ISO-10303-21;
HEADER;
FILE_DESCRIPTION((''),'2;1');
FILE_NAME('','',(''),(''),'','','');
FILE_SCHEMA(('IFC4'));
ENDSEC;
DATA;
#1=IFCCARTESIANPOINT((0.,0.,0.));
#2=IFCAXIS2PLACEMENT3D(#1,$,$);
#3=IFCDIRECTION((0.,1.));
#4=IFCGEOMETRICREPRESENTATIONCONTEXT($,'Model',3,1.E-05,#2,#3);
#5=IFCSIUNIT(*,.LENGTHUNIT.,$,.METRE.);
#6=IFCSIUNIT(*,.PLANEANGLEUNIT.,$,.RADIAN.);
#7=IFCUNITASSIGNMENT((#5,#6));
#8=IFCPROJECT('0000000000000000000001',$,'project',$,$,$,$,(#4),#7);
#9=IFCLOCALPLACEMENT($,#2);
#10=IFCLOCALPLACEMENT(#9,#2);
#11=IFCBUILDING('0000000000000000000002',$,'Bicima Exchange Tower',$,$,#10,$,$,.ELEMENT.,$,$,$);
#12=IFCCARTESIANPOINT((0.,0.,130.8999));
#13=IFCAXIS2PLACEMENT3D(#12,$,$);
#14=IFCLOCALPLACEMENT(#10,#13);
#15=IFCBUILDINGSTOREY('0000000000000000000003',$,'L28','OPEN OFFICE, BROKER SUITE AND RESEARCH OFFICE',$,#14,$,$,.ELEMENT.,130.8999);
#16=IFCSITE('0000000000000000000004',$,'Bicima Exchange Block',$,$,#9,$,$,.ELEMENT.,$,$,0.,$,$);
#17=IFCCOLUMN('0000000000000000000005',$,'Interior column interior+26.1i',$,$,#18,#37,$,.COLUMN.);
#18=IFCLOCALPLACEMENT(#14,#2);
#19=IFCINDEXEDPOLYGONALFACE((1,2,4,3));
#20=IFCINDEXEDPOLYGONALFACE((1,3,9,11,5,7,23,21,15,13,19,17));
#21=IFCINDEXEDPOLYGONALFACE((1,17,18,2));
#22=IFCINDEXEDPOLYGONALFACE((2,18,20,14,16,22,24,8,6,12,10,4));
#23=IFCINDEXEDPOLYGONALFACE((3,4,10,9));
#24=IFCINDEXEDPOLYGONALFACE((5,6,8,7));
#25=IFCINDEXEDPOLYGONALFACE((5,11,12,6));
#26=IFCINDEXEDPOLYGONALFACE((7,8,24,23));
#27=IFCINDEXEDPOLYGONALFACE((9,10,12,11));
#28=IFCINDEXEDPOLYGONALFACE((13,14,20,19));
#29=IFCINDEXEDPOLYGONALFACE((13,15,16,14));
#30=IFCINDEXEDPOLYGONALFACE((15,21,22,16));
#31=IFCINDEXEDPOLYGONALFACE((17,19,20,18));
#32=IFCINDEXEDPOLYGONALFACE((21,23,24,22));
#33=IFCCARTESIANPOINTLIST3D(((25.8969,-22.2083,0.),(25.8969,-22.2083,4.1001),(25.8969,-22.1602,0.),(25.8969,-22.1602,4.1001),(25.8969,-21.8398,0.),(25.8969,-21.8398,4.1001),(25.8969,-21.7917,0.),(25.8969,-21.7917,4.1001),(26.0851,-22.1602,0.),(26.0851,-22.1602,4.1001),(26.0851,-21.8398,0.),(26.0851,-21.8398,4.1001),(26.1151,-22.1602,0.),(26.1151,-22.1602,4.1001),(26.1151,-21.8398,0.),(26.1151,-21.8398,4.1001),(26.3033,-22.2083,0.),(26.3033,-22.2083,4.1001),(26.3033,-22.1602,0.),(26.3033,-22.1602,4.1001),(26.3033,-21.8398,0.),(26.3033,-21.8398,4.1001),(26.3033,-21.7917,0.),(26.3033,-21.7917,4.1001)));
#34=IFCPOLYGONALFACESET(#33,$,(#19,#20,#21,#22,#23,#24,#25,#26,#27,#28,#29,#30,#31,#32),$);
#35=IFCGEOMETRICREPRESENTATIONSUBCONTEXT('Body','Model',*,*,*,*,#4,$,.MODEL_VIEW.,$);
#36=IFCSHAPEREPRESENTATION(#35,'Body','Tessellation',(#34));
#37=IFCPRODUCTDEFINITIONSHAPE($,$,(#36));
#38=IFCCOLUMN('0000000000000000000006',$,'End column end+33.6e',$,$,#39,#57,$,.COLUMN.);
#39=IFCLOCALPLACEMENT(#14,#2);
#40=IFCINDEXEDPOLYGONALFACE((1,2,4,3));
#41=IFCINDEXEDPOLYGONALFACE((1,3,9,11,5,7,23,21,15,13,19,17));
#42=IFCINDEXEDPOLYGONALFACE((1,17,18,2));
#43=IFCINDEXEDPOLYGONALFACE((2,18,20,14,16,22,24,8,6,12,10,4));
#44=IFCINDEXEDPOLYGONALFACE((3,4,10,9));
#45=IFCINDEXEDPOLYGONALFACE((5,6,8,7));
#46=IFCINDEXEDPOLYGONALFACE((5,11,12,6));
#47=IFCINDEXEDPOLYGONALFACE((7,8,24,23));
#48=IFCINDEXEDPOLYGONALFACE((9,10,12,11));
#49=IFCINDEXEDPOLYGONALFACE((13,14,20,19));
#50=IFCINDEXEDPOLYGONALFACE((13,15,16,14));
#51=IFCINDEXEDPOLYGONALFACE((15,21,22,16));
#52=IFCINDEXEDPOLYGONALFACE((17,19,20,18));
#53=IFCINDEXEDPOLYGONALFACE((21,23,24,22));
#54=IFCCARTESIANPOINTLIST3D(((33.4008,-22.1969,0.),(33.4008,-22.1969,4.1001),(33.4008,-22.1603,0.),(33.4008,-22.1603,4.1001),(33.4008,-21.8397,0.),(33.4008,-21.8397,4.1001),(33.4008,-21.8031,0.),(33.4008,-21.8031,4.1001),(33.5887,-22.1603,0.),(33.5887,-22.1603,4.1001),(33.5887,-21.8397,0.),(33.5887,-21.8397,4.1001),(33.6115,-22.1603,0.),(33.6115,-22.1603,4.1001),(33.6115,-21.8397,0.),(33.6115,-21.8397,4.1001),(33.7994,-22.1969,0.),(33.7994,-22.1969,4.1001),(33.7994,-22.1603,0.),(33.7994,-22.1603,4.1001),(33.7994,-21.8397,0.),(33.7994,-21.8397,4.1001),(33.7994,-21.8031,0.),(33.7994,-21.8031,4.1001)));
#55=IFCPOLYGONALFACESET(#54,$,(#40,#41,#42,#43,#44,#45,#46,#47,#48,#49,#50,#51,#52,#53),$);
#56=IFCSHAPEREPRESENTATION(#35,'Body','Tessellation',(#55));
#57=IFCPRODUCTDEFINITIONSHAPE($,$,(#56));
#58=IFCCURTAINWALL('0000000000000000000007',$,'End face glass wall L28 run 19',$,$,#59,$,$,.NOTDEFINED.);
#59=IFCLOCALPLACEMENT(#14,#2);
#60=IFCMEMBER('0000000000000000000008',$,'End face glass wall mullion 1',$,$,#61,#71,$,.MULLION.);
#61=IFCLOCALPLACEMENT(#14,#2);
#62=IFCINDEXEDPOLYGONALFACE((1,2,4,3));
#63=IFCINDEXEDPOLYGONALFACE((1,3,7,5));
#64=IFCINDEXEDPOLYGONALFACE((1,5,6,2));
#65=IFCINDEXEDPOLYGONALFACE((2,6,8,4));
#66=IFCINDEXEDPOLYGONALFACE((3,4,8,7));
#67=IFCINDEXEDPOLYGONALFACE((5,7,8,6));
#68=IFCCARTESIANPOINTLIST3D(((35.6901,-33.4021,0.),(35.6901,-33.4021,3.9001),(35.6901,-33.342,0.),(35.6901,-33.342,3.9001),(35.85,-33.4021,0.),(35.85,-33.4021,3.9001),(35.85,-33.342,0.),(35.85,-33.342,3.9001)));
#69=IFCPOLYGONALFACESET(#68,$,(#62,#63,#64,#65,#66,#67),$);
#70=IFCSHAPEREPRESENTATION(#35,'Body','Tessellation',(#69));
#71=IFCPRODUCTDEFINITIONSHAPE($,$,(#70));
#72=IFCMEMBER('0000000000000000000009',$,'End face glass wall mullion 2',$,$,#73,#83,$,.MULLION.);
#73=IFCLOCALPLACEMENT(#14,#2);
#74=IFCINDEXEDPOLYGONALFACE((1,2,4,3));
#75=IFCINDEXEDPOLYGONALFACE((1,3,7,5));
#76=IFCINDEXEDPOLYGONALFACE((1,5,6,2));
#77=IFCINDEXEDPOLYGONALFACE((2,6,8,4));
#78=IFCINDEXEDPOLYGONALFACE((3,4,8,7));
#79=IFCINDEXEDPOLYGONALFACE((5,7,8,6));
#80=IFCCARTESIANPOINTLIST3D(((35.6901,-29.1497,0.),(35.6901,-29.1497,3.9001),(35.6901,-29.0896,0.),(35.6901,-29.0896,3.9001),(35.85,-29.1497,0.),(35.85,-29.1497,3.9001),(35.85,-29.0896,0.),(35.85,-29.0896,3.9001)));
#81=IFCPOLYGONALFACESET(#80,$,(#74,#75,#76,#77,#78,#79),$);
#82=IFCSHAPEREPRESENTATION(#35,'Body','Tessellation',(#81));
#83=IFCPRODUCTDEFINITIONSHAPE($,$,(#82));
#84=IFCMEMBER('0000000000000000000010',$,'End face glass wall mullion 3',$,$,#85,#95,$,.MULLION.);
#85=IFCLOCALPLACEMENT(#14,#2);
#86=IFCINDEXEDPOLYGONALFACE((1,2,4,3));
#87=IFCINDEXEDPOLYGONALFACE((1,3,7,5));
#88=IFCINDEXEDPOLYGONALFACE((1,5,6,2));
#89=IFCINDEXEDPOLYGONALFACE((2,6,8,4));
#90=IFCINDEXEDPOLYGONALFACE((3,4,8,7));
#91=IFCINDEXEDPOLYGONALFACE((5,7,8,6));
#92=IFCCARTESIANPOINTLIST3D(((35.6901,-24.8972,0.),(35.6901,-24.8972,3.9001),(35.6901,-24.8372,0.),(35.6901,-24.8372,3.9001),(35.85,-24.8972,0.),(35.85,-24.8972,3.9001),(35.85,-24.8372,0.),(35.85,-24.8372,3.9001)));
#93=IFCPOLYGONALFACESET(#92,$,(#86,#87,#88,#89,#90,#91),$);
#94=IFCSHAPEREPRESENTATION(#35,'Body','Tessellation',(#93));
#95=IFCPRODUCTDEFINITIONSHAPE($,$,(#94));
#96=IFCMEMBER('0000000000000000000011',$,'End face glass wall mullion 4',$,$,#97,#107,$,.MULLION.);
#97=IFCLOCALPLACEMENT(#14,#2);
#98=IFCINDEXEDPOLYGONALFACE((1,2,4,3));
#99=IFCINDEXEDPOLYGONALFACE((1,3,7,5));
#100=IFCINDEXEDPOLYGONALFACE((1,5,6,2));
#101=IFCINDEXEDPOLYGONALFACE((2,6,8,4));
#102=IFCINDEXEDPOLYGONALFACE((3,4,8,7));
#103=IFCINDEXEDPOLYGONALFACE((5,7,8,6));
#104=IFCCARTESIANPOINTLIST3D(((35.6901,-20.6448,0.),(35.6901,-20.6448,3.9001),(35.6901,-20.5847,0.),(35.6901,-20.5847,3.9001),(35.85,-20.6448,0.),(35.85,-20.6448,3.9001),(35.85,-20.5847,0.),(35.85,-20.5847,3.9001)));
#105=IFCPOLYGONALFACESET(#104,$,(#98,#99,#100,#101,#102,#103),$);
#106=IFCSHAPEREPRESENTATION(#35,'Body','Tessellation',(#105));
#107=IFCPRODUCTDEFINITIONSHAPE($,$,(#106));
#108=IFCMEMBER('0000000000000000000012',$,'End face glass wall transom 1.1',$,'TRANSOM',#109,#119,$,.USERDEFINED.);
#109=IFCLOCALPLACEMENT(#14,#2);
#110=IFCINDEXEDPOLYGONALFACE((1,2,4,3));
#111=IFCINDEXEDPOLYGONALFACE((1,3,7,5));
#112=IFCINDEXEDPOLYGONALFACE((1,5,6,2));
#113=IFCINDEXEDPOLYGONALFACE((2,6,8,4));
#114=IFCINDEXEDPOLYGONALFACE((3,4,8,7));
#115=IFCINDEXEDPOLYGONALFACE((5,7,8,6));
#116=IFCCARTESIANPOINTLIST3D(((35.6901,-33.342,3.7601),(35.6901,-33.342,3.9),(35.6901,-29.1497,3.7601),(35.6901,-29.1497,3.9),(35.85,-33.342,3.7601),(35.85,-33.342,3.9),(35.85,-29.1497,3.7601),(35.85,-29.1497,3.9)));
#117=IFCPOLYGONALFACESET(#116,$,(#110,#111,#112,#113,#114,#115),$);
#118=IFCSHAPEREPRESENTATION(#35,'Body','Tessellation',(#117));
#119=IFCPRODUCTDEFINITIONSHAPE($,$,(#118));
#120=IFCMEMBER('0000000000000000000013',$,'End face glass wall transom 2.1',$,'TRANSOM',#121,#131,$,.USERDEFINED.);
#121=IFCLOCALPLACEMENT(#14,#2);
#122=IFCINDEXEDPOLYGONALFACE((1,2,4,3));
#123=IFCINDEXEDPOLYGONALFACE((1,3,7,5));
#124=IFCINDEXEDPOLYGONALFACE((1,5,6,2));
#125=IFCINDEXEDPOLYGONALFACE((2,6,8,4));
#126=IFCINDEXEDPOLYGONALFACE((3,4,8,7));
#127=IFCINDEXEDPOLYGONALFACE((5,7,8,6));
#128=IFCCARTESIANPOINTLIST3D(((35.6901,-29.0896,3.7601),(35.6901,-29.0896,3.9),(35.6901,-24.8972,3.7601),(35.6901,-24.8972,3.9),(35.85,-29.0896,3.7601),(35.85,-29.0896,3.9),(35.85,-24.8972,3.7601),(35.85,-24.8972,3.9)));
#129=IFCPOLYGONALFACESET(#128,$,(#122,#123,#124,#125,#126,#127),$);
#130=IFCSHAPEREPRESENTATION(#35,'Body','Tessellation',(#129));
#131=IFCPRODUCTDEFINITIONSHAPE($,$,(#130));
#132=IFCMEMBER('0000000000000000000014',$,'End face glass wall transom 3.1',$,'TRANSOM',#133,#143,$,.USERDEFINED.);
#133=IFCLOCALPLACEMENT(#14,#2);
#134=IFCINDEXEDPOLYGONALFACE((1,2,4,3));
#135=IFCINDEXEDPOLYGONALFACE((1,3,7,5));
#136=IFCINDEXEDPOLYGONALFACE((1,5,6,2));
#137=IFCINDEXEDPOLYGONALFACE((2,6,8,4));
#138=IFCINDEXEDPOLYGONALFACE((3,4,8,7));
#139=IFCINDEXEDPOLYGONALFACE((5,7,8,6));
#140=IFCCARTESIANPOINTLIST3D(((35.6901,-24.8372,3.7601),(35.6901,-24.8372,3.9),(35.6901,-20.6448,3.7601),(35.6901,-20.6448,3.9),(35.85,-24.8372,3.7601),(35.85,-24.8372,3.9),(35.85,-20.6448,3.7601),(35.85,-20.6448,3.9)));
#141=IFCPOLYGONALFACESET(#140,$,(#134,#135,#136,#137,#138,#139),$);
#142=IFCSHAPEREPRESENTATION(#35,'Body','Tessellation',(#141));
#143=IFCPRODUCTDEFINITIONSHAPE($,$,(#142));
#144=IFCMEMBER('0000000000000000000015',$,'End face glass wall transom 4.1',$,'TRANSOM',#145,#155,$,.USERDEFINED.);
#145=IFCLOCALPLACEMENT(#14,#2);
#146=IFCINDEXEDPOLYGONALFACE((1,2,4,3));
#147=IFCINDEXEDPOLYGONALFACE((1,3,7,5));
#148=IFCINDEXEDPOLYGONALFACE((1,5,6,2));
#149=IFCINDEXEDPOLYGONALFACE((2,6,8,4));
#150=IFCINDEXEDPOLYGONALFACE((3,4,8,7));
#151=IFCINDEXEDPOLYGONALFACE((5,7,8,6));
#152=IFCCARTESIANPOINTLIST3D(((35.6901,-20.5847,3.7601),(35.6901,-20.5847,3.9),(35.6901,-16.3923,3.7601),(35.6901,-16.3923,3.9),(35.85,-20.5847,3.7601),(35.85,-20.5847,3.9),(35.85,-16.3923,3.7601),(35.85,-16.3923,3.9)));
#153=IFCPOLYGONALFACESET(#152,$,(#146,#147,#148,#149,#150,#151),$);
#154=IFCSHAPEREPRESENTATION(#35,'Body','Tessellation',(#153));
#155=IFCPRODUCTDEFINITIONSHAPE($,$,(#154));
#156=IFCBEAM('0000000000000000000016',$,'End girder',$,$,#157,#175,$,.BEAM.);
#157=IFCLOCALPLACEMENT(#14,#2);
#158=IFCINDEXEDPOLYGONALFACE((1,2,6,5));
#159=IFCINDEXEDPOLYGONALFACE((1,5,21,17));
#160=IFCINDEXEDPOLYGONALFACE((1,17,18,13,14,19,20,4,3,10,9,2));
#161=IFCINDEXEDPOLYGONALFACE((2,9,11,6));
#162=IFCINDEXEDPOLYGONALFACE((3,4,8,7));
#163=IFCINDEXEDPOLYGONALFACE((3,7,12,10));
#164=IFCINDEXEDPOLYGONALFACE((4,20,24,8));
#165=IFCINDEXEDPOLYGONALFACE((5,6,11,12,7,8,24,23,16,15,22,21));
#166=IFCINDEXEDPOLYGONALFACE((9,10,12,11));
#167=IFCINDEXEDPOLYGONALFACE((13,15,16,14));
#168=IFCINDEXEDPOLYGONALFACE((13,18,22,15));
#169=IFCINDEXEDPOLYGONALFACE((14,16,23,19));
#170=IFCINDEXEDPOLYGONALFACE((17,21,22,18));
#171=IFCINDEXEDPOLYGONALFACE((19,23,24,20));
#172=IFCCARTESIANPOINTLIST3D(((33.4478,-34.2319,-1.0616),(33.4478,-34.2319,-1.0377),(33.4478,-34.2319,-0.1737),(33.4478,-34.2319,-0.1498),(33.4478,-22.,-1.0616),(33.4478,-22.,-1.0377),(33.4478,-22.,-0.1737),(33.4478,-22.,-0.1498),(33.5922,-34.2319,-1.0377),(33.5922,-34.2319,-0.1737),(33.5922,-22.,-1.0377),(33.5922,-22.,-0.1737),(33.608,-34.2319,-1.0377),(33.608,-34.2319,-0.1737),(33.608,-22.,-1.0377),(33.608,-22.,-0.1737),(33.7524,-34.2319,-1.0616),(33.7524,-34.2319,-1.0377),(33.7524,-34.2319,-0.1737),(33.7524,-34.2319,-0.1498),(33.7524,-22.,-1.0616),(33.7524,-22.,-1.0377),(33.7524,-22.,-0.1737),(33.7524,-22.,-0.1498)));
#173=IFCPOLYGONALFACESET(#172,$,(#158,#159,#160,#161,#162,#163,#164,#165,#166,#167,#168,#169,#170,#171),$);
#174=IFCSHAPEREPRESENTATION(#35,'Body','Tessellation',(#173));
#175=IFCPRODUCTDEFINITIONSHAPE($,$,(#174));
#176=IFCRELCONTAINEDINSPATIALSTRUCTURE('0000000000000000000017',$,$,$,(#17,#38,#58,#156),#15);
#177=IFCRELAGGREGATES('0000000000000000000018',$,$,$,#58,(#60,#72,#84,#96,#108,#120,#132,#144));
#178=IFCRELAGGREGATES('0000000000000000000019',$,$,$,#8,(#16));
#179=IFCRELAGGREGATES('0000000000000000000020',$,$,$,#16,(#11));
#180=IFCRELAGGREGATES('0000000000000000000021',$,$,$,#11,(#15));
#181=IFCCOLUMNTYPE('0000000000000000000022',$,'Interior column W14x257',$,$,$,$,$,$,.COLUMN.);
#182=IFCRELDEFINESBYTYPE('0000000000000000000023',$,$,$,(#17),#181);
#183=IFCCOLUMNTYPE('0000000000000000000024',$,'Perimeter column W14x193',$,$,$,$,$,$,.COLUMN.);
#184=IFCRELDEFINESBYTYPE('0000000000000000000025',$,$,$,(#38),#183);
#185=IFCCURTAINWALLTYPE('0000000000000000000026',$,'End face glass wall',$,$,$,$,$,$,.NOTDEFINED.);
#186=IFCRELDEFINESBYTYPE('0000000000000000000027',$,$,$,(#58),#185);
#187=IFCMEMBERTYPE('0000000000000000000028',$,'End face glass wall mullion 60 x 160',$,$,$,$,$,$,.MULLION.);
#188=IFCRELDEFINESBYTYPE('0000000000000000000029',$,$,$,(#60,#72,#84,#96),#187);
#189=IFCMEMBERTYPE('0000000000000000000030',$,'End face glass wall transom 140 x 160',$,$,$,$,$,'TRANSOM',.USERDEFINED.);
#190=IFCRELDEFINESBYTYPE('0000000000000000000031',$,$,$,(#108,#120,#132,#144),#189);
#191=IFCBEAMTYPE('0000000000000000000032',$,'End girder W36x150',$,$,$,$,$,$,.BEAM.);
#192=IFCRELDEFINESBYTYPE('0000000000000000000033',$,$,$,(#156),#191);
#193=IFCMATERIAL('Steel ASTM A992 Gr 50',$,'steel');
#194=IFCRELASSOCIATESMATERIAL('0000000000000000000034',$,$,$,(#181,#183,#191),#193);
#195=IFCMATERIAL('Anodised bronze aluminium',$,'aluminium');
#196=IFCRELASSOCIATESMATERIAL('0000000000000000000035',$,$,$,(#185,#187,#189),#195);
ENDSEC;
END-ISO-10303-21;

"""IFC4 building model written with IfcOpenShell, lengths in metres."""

from ifc_helpers import new_model, si_unit, direction, frame, origin, origin_2d, place, context, subcontext, project, spatial, rectangle, i_section, extrude, material, material_profile, profile_set, type_object, element, aggregate, save


model = new_model("IFC4")

# Units and contexts
model_context = context("Model", 3, precision=1e-05, world=origin(), true_north=direction((0.0, 1.0)))
body_context = subcontext(model_context, "Body", "Model", "MODEL_VIEW")
ifc_project = project(units=[si_unit("LENGTHUNIT", "METRE"), si_unit("PLANEANGLEUNIT", "RADIAN")], contexts=[model_context])

# Site, building, storey
site_placement = place(None, origin())
site = spatial("IfcSite", under=ifc_project, at=site_placement, Name="Bicima Exchange Block", CompositionType="ELEMENT", RefElevation=0.0)
building_placement = place(site_placement, origin())
building = spatial("IfcBuilding", under=site, at=building_placement, Name="Bicima Exchange Tower", CompositionType="ELEMENT")
storey_placement = place(building_placement, frame((0.0, 0.0, 130.8999)))
storey = spatial("IfcBuildingStorey", under=building, at=storey_placement, Name="L28", Description="OPEN OFFICE, BROKER SUITE AND RESEARCH OFFICE", CompositionType="ELEMENT", Elevation=130.8999)

# Columns
ifc_material_1 = material(Name="Steel ASTM A992 Gr 50", Category="steel")
ifc_material_profile_1 = material_profile(ifc_material_1, i_section(OverallWidth=0.4065, OverallDepth=0.4165, WebThickness=0.03, FlangeThickness=0.0481, at=origin_2d()))
ifc_profile_set_1 = profile_set([ifc_material_profile_1], Name="Steel ASTM A992 Gr 50")
column_type_1 = type_object("IfcColumnType", Name="Interior column W14x257", PredefinedType="COLUMN", material=ifc_profile_set_1)
column_1_placement = place(storey_placement, frame((26.1001, -22.0, 0.0), z_axis=(0.0, 0.0, 1.0), x_axis=(1.0, 0.0, 0.0)))
element("IfcColumn", 1, at=column_1_placement, inside=storey, type_object=column_type_1, Name="Interior column interior+26.1i", PredefinedType="COLUMN", context=body_context, shape_type="SweptSolid", body=[
    extrude(i_section(OverallWidth=0.4065, OverallDepth=0.4165, WebThickness=0.03, FlangeThickness=0.0481, at=origin_2d()), origin(), (0.0, 0.0, 1.0), 4.1001),
])
ifc_material_profile_2 = material_profile(ifc_material_1, i_section(OverallWidth=0.3987, OverallDepth=0.3938, WebThickness=0.0227, FlangeThickness=0.0366, at=origin_2d()))
ifc_profile_set_2 = profile_set([ifc_material_profile_2], Name="Steel ASTM A992 Gr 50")
column_type_2 = type_object("IfcColumnType", Name="Perimeter column W14x193", PredefinedType="COLUMN", material=ifc_profile_set_2)
column_2_placement = place(storey_placement, frame((33.6001, -22.0, 0.0), z_axis=(0.0, 0.0, 1.0), x_axis=(1.0, 0.0, 0.0)))
element("IfcColumn", 2, at=column_2_placement, inside=storey, type_object=column_type_2, Name="End column end+33.6e", PredefinedType="COLUMN", context=body_context, shape_type="SweptSolid", body=[
    extrude(i_section(OverallWidth=0.3987, OverallDepth=0.3938, WebThickness=0.0227, FlangeThickness=0.0366, at=origin_2d()), origin(), (0.0, 0.0, 1.0), 4.1001),
])

# Curtain wall, members
ifc_material_2 = material(Name="Anodised bronze aluminium", Category="aluminium")
curtain_wall_type = type_object("IfcCurtainWallType", Name="End face glass wall", PredefinedType="NOTDEFINED", material=ifc_material_2)
curtain_wall_placement = place(storey_placement, origin())
curtain_wall = element("IfcCurtainWall", 3, at=curtain_wall_placement, inside=storey, type_object=curtain_wall_type, Name="End face glass wall L28 run 19", PredefinedType="NOTDEFINED")
ifc_material_profile_3 = material_profile(ifc_material_2, rectangle(XDim=0.1599, YDim=0.0601, at=origin_2d()))
ifc_profile_set_3 = profile_set([ifc_material_profile_3], Name="Anodised bronze aluminium")
member_type_1 = type_object("IfcMemberType", Name="End face glass wall mullion 60 x 160", PredefinedType="MULLION", material=ifc_profile_set_3)
member_1_placement = place(storey_placement, frame((35.77, -33.3721, 0.0), z_axis=(0.0, 0.0, 1.0), x_axis=(-1.0, 0.0, 0.0)))
member_1 = element("IfcMember", 4, at=member_1_placement, type_object=member_type_1, Name="End face glass wall mullion 1", PredefinedType="MULLION", context=body_context, shape_type="SweptSolid", body=[
    extrude(rectangle(XDim=0.1599, YDim=0.0601, at=origin_2d()), origin(), (0.0, 0.0, 1.0), 3.9001),
])
member_2_placement = place(storey_placement, frame((35.77, -29.1196, 0.0), z_axis=(0.0, 0.0, 1.0), x_axis=(-1.0, 0.0, 0.0)))
member_2 = element("IfcMember", 5, at=member_2_placement, type_object=member_type_1, Name="End face glass wall mullion 2", PredefinedType="MULLION", context=body_context, shape_type="SweptSolid", body=[
    extrude(rectangle(XDim=0.1599, YDim=0.0601, at=origin_2d()), origin(), (0.0, 0.0, 1.0), 3.9001),
])
member_3_placement = place(storey_placement, frame((35.77, -24.8672, 0.0), z_axis=(0.0, 0.0, 1.0), x_axis=(-1.0, 0.0, 0.0)))
member_3 = element("IfcMember", 6, at=member_3_placement, type_object=member_type_1, Name="End face glass wall mullion 3", PredefinedType="MULLION", context=body_context, shape_type="SweptSolid", body=[
    extrude(rectangle(XDim=0.1599, YDim=0.0601, at=origin_2d()), origin(), (0.0, 0.0, 1.0), 3.9001),
])
member_4_placement = place(storey_placement, frame((35.77, -20.6147, 0.0), z_axis=(0.0, 0.0, 1.0), x_axis=(-1.0, 0.0, 0.0)))
member_4 = element("IfcMember", 7, at=member_4_placement, type_object=member_type_1, Name="End face glass wall mullion 4", PredefinedType="MULLION", context=body_context, shape_type="SweptSolid", body=[
    extrude(rectangle(XDim=0.1599, YDim=0.0601, at=origin_2d()), origin(), (0.0, 0.0, 1.0), 3.9001),
])
ifc_material_profile_4 = material_profile(ifc_material_2, rectangle(XDim=0.1599, YDim=0.1399, at=origin_2d()))
ifc_profile_set_4 = profile_set([ifc_material_profile_4], Name="Anodised bronze aluminium")
member_type_2 = type_object("IfcMemberType", Name="End face glass wall transom 140 x 160", ElementType="TRANSOM", PredefinedType="USERDEFINED", material=ifc_profile_set_4)
member_5_placement = place(storey_placement, frame((35.77, -33.342, 3.8301), z_axis=(0.0, 1.0, 0.0), x_axis=(-1.0, 0.0, 0.0)))
member_5 = element("IfcMember", 8, at=member_5_placement, type_object=member_type_2, Name="End face glass wall transom 1.1", ObjectType="TRANSOM", PredefinedType="USERDEFINED", context=body_context, shape_type="SweptSolid", body=[
    extrude(rectangle(XDim=0.1599, YDim=0.1399, at=origin_2d()), origin(), (0.0, 0.0, 1.0), 4.1924),
])
member_6_placement = place(storey_placement, frame((35.77, -29.0896, 3.8301), z_axis=(0.0, 1.0, 0.0), x_axis=(-1.0, 0.0, 0.0)))
member_6 = element("IfcMember", 9, at=member_6_placement, type_object=member_type_2, Name="End face glass wall transom 2.1", ObjectType="TRANSOM", PredefinedType="USERDEFINED", context=body_context, shape_type="SweptSolid", body=[
    extrude(rectangle(XDim=0.1599, YDim=0.1399, at=origin_2d()), origin(), (0.0, 0.0, 1.0), 4.1924),
])
member_7_placement = place(storey_placement, frame((35.77, -24.8372, 3.8301), z_axis=(0.0, 1.0, 0.0), x_axis=(-1.0, 0.0, 0.0)))
member_7 = element("IfcMember", 10, at=member_7_placement, type_object=member_type_2, Name="End face glass wall transom 3.1", ObjectType="TRANSOM", PredefinedType="USERDEFINED", context=body_context, shape_type="SweptSolid", body=[
    extrude(rectangle(XDim=0.1599, YDim=0.1399, at=origin_2d()), origin(), (0.0, 0.0, 1.0), 4.1924),
])
member_8_placement = place(storey_placement, frame((35.77, -20.5847, 3.8301), z_axis=(0.0, 1.0, 0.0), x_axis=(-1.0, 0.0, 0.0)))
member_8 = element("IfcMember", 11, at=member_8_placement, type_object=member_type_2, Name="End face glass wall transom 4.1", ObjectType="TRANSOM", PredefinedType="USERDEFINED", context=body_context, shape_type="SweptSolid", body=[
    extrude(rectangle(XDim=0.1599, YDim=0.1399, at=origin_2d()), origin(), (0.0, 0.0, 1.0), 4.1924),
])

# Beam
ifc_material_profile_5 = material_profile(ifc_material_1, i_section(OverallWidth=0.3047, OverallDepth=0.9119, WebThickness=0.0159, FlangeThickness=0.0239, at=origin_2d()))
ifc_profile_set_5 = profile_set([ifc_material_profile_5], Name="Steel ASTM A992 Gr 50")
beam_type_1 = type_object("IfcBeamType", Name="End girder W36x150", PredefinedType="BEAM", material=ifc_profile_set_5)
beam_1_placement = place(storey_placement, frame((33.6001, -22.0, -0.6057), z_axis=(0.0, -1.0, 0.0), x_axis=(1.0, 0.0, 0.0)))
element("IfcBeam", 12, at=beam_1_placement, inside=storey, type_object=beam_type_1, Name="End girder", PredefinedType="BEAM", context=body_context, shape_type="SweptSolid", body=[
    extrude(i_section(OverallWidth=0.3047, OverallDepth=0.9119, WebThickness=0.0159, FlangeThickness=0.0239, at=origin_2d()), origin(), (0.0, 0.0, 1.0), 12.2319),
])

aggregate(curtain_wall, [member_1, member_2, member_3, member_4, member_5, member_6, member_7, member_8])

save(model, "model.ifc")
